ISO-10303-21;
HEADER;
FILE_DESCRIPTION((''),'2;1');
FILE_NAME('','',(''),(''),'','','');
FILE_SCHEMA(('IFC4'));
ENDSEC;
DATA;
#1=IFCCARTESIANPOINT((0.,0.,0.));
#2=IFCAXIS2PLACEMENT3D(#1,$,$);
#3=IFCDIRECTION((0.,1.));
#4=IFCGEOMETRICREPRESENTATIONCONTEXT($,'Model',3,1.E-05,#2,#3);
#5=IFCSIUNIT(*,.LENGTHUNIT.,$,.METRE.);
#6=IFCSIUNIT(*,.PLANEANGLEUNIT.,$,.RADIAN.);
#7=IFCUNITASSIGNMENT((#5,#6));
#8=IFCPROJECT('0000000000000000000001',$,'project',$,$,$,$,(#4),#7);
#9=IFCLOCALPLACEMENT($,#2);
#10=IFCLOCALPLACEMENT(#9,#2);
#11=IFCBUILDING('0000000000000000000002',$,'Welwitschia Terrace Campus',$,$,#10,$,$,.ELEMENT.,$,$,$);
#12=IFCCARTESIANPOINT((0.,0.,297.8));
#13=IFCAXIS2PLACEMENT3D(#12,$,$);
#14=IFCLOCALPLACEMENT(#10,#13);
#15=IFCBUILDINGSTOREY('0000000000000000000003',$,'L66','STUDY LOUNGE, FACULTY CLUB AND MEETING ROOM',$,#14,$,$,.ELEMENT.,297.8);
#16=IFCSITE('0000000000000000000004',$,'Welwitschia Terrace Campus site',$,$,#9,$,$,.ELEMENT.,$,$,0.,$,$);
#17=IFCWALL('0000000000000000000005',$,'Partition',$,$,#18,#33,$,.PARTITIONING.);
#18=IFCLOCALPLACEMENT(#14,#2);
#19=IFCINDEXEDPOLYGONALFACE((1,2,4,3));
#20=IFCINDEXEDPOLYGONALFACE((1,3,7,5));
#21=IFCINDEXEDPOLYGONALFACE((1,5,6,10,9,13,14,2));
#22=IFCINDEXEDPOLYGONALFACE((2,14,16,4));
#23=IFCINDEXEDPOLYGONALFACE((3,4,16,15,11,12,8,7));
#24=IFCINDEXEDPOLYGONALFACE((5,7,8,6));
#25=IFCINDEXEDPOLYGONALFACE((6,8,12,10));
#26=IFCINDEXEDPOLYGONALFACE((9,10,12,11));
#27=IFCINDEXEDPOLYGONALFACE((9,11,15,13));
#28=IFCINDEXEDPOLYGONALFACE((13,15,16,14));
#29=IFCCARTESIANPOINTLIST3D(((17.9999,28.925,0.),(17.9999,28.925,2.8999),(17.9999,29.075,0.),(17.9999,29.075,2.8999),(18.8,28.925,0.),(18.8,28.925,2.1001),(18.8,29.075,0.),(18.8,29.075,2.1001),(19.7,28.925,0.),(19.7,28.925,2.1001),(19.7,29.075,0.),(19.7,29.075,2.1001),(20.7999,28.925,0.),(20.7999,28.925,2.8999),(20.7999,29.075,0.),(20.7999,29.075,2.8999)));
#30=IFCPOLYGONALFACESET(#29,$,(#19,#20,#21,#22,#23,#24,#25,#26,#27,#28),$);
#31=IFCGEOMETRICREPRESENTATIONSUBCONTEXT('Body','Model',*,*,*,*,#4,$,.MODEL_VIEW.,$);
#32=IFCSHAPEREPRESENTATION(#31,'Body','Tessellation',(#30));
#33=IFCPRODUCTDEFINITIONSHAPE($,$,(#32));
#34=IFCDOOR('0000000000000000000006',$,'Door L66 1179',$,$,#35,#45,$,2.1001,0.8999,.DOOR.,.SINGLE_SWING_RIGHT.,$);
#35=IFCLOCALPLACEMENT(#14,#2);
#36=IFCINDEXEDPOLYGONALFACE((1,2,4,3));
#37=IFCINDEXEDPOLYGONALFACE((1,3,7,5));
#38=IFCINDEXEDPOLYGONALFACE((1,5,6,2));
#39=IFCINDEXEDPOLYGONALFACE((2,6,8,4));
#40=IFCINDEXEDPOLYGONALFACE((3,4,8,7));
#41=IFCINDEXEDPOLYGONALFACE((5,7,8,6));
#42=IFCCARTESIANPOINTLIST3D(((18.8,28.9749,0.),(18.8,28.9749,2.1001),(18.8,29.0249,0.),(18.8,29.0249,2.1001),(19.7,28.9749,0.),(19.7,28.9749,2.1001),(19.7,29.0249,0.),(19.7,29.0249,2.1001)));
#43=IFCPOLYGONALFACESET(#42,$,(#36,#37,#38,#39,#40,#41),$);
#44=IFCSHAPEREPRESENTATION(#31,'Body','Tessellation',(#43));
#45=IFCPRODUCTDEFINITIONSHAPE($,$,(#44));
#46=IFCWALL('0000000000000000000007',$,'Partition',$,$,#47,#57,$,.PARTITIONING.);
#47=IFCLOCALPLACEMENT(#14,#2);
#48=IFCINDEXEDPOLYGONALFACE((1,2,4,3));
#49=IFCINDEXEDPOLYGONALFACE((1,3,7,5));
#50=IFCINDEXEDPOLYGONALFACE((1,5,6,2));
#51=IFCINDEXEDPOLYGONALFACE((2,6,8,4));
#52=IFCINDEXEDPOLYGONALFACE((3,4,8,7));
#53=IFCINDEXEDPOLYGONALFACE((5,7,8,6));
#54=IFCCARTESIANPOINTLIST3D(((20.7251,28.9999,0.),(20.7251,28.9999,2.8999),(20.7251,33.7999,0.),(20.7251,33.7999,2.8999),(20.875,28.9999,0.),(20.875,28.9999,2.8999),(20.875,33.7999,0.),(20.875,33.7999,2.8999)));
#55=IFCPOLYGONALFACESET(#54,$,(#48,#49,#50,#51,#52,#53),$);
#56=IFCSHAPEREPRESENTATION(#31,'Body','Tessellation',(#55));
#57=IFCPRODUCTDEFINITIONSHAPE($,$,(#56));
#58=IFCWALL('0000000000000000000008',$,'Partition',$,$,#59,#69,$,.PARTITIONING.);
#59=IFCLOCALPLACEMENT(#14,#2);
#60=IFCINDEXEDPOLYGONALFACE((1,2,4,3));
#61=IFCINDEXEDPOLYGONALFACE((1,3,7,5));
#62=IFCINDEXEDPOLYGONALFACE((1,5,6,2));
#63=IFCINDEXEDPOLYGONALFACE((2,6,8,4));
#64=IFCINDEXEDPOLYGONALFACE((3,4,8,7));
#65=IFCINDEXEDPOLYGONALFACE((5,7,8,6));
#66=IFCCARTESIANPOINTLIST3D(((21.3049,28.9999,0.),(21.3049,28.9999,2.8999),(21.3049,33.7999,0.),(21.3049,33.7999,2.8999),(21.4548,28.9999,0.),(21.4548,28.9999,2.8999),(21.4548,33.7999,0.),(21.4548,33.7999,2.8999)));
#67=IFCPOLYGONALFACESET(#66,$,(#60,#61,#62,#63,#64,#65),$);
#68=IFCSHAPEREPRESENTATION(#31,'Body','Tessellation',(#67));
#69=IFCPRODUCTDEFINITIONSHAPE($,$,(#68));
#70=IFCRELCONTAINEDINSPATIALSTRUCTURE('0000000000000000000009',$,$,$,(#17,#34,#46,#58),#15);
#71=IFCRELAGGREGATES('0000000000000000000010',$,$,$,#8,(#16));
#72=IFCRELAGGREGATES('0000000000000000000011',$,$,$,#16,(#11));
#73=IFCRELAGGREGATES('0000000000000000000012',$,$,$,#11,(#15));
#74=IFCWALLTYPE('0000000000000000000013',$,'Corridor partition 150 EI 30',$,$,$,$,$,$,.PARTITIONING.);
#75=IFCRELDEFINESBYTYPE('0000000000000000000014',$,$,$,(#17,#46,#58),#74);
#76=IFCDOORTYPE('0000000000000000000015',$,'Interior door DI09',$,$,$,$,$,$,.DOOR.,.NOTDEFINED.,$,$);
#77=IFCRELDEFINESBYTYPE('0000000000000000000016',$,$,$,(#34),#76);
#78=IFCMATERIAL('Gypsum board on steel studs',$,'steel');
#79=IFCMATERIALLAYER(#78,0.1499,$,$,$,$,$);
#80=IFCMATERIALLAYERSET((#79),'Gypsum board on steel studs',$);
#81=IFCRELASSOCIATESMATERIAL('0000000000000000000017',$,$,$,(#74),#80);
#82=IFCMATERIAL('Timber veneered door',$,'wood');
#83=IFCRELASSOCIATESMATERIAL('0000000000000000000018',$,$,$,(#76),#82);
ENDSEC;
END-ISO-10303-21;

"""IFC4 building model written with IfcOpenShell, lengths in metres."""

from ifc_helpers import new_model, si_unit, direction, frame, frame_2d, origin, place, context, subcontext, project, spatial, rectangle, extrude, material, layer, layer_set, type_object, element, fill, save


model = new_model("IFC4")

# Units and contexts
model_context = context("Model", 3, precision=1e-05, world=origin(), true_north=direction((0.0, 1.0)))
body_context = subcontext(model_context, "Body", "Model", "MODEL_VIEW")
ifc_project = project(units=[si_unit("LENGTHUNIT", "METRE"), si_unit("PLANEANGLEUNIT", "RADIAN")], contexts=[model_context])

# Site, building, storey
site_placement = place(None, origin())
site = spatial("IfcSite", under=ifc_project, at=site_placement, Name="Welwitschia Terrace Campus site", CompositionType="ELEMENT", RefElevation=0.0)
building_placement = place(site_placement, origin())
building = spatial("IfcBuilding", under=site, at=building_placement, Name="Welwitschia Terrace Campus", CompositionType="ELEMENT")
storey_placement = place(building_placement, frame((0.0, 0.0, 297.8)))
storey = spatial("IfcBuildingStorey", under=building, at=storey_placement, Name="L66", Description="STUDY LOUNGE, FACULTY CLUB AND MEETING ROOM", CompositionType="ELEMENT", Elevation=297.8)

# Shared definitions
ifc_material_1 = material(Name="Gypsum board on steel studs", Category="steel")
ifc_layer_1 = layer(ifc_material_1, 0.1499)
ifc_layer_set_1 = layer_set([ifc_layer_1], Name="Gypsum board on steel studs")
wall_type_1 = type_object("IfcWallType", Name="Corridor partition 150 EI 30", PredefinedType="PARTITIONING", material=ifc_layer_set_1)

# Shared definitions
ifc_material_2 = material(Name="Timber veneered door", Category="wood")
door_type_1 = type_object("IfcDoorType", Name="Interior door DI09", OperationType="NOTDEFINED", PredefinedType="DOOR", material=ifc_material_2)

# Wall, opening, door
wall_1_placement = place(storey_placement, frame((18.0, 29.0, 0.0), z_axis=(0.0, 0.0, 1.0), x_axis=(1.0, 0.0, 0.0)))
wall_1 = element("IfcWall", 1, at=wall_1_placement, inside=storey, type_object=wall_type_1, Name="Partition", PredefinedType="PARTITIONING", context=body_context, shape_type="SweptSolid", body=[
    extrude(rectangle(XDim=2.8, YDim=0.1499, at=frame_2d((1.3999, 0.0))), origin(), (0.0, 0.0, 1.0), 2.8999),
])
opening_1_placement = place(wall_1_placement, frame((0.8, 0.0, 0.0)))
opening_1 = element("IfcOpeningElement", 2, at=opening_1_placement, cuts=wall_1, PredefinedType="OPENING", context=body_context, shape_type="SweptSolid", body=[
    extrude(rectangle(XDim=0.8999, YDim=2.1001, at=frame_2d((0.45, 1.05))), frame((0.0, 0.085, 0.0), z_axis=(0.0, -1.0, 0.0), x_axis=(1.0, 0.0, 0.0)), (0.0, 0.0, 1.0), 0.1699),
])
door_1_placement = place(opening_1_placement, origin())
door_1 = element("IfcDoor", 3, at=door_1_placement, inside=storey, type_object=door_type_1, Name="Door L66 1179", OperationType="SINGLE_SWING_RIGHT", OverallHeight=2.1001, OverallWidth=0.8999, PredefinedType="DOOR", context=body_context, shape_type="SweptSolid", body=[
    extrude(rectangle(XDim=0.8999, YDim=2.1001, at=frame_2d((0.45, 1.05))), frame((0.0, 0.0249, 0.0), z_axis=(0.0, -1.0, 0.0), x_axis=(1.0, 0.0, 0.0)), (0.0, 0.0, 1.0), 0.05),
])
fill(opening_1, door_1)

# Walls
for number, where, z_axis, x_axis, name in (
    (4, (20.8, 29.0, 0.0), (0.0, 0.0, 1.0), (0.0, 1.0, 0.0), "Partition"),
    (5, (21.3799, 29.0, 0.0), (0.0, 0.0, 1.0), (0.0, 1.0, 0.0), "Partition"),
):
    element("IfcWall", number, at=place(storey_placement, frame(where, z_axis=z_axis, x_axis=x_axis)), inside=storey, type_object=wall_type_1, Name=name, PredefinedType="PARTITIONING", context=body_context, shape_type="SweptSolid", body=[
        extrude(rectangle(XDim=4.8, YDim=0.1499, at=frame_2d((2.3999, 0.0))), origin(), (0.0, 0.0, 1.0), 2.8999),
    ])

save(model, "model.ifc")
